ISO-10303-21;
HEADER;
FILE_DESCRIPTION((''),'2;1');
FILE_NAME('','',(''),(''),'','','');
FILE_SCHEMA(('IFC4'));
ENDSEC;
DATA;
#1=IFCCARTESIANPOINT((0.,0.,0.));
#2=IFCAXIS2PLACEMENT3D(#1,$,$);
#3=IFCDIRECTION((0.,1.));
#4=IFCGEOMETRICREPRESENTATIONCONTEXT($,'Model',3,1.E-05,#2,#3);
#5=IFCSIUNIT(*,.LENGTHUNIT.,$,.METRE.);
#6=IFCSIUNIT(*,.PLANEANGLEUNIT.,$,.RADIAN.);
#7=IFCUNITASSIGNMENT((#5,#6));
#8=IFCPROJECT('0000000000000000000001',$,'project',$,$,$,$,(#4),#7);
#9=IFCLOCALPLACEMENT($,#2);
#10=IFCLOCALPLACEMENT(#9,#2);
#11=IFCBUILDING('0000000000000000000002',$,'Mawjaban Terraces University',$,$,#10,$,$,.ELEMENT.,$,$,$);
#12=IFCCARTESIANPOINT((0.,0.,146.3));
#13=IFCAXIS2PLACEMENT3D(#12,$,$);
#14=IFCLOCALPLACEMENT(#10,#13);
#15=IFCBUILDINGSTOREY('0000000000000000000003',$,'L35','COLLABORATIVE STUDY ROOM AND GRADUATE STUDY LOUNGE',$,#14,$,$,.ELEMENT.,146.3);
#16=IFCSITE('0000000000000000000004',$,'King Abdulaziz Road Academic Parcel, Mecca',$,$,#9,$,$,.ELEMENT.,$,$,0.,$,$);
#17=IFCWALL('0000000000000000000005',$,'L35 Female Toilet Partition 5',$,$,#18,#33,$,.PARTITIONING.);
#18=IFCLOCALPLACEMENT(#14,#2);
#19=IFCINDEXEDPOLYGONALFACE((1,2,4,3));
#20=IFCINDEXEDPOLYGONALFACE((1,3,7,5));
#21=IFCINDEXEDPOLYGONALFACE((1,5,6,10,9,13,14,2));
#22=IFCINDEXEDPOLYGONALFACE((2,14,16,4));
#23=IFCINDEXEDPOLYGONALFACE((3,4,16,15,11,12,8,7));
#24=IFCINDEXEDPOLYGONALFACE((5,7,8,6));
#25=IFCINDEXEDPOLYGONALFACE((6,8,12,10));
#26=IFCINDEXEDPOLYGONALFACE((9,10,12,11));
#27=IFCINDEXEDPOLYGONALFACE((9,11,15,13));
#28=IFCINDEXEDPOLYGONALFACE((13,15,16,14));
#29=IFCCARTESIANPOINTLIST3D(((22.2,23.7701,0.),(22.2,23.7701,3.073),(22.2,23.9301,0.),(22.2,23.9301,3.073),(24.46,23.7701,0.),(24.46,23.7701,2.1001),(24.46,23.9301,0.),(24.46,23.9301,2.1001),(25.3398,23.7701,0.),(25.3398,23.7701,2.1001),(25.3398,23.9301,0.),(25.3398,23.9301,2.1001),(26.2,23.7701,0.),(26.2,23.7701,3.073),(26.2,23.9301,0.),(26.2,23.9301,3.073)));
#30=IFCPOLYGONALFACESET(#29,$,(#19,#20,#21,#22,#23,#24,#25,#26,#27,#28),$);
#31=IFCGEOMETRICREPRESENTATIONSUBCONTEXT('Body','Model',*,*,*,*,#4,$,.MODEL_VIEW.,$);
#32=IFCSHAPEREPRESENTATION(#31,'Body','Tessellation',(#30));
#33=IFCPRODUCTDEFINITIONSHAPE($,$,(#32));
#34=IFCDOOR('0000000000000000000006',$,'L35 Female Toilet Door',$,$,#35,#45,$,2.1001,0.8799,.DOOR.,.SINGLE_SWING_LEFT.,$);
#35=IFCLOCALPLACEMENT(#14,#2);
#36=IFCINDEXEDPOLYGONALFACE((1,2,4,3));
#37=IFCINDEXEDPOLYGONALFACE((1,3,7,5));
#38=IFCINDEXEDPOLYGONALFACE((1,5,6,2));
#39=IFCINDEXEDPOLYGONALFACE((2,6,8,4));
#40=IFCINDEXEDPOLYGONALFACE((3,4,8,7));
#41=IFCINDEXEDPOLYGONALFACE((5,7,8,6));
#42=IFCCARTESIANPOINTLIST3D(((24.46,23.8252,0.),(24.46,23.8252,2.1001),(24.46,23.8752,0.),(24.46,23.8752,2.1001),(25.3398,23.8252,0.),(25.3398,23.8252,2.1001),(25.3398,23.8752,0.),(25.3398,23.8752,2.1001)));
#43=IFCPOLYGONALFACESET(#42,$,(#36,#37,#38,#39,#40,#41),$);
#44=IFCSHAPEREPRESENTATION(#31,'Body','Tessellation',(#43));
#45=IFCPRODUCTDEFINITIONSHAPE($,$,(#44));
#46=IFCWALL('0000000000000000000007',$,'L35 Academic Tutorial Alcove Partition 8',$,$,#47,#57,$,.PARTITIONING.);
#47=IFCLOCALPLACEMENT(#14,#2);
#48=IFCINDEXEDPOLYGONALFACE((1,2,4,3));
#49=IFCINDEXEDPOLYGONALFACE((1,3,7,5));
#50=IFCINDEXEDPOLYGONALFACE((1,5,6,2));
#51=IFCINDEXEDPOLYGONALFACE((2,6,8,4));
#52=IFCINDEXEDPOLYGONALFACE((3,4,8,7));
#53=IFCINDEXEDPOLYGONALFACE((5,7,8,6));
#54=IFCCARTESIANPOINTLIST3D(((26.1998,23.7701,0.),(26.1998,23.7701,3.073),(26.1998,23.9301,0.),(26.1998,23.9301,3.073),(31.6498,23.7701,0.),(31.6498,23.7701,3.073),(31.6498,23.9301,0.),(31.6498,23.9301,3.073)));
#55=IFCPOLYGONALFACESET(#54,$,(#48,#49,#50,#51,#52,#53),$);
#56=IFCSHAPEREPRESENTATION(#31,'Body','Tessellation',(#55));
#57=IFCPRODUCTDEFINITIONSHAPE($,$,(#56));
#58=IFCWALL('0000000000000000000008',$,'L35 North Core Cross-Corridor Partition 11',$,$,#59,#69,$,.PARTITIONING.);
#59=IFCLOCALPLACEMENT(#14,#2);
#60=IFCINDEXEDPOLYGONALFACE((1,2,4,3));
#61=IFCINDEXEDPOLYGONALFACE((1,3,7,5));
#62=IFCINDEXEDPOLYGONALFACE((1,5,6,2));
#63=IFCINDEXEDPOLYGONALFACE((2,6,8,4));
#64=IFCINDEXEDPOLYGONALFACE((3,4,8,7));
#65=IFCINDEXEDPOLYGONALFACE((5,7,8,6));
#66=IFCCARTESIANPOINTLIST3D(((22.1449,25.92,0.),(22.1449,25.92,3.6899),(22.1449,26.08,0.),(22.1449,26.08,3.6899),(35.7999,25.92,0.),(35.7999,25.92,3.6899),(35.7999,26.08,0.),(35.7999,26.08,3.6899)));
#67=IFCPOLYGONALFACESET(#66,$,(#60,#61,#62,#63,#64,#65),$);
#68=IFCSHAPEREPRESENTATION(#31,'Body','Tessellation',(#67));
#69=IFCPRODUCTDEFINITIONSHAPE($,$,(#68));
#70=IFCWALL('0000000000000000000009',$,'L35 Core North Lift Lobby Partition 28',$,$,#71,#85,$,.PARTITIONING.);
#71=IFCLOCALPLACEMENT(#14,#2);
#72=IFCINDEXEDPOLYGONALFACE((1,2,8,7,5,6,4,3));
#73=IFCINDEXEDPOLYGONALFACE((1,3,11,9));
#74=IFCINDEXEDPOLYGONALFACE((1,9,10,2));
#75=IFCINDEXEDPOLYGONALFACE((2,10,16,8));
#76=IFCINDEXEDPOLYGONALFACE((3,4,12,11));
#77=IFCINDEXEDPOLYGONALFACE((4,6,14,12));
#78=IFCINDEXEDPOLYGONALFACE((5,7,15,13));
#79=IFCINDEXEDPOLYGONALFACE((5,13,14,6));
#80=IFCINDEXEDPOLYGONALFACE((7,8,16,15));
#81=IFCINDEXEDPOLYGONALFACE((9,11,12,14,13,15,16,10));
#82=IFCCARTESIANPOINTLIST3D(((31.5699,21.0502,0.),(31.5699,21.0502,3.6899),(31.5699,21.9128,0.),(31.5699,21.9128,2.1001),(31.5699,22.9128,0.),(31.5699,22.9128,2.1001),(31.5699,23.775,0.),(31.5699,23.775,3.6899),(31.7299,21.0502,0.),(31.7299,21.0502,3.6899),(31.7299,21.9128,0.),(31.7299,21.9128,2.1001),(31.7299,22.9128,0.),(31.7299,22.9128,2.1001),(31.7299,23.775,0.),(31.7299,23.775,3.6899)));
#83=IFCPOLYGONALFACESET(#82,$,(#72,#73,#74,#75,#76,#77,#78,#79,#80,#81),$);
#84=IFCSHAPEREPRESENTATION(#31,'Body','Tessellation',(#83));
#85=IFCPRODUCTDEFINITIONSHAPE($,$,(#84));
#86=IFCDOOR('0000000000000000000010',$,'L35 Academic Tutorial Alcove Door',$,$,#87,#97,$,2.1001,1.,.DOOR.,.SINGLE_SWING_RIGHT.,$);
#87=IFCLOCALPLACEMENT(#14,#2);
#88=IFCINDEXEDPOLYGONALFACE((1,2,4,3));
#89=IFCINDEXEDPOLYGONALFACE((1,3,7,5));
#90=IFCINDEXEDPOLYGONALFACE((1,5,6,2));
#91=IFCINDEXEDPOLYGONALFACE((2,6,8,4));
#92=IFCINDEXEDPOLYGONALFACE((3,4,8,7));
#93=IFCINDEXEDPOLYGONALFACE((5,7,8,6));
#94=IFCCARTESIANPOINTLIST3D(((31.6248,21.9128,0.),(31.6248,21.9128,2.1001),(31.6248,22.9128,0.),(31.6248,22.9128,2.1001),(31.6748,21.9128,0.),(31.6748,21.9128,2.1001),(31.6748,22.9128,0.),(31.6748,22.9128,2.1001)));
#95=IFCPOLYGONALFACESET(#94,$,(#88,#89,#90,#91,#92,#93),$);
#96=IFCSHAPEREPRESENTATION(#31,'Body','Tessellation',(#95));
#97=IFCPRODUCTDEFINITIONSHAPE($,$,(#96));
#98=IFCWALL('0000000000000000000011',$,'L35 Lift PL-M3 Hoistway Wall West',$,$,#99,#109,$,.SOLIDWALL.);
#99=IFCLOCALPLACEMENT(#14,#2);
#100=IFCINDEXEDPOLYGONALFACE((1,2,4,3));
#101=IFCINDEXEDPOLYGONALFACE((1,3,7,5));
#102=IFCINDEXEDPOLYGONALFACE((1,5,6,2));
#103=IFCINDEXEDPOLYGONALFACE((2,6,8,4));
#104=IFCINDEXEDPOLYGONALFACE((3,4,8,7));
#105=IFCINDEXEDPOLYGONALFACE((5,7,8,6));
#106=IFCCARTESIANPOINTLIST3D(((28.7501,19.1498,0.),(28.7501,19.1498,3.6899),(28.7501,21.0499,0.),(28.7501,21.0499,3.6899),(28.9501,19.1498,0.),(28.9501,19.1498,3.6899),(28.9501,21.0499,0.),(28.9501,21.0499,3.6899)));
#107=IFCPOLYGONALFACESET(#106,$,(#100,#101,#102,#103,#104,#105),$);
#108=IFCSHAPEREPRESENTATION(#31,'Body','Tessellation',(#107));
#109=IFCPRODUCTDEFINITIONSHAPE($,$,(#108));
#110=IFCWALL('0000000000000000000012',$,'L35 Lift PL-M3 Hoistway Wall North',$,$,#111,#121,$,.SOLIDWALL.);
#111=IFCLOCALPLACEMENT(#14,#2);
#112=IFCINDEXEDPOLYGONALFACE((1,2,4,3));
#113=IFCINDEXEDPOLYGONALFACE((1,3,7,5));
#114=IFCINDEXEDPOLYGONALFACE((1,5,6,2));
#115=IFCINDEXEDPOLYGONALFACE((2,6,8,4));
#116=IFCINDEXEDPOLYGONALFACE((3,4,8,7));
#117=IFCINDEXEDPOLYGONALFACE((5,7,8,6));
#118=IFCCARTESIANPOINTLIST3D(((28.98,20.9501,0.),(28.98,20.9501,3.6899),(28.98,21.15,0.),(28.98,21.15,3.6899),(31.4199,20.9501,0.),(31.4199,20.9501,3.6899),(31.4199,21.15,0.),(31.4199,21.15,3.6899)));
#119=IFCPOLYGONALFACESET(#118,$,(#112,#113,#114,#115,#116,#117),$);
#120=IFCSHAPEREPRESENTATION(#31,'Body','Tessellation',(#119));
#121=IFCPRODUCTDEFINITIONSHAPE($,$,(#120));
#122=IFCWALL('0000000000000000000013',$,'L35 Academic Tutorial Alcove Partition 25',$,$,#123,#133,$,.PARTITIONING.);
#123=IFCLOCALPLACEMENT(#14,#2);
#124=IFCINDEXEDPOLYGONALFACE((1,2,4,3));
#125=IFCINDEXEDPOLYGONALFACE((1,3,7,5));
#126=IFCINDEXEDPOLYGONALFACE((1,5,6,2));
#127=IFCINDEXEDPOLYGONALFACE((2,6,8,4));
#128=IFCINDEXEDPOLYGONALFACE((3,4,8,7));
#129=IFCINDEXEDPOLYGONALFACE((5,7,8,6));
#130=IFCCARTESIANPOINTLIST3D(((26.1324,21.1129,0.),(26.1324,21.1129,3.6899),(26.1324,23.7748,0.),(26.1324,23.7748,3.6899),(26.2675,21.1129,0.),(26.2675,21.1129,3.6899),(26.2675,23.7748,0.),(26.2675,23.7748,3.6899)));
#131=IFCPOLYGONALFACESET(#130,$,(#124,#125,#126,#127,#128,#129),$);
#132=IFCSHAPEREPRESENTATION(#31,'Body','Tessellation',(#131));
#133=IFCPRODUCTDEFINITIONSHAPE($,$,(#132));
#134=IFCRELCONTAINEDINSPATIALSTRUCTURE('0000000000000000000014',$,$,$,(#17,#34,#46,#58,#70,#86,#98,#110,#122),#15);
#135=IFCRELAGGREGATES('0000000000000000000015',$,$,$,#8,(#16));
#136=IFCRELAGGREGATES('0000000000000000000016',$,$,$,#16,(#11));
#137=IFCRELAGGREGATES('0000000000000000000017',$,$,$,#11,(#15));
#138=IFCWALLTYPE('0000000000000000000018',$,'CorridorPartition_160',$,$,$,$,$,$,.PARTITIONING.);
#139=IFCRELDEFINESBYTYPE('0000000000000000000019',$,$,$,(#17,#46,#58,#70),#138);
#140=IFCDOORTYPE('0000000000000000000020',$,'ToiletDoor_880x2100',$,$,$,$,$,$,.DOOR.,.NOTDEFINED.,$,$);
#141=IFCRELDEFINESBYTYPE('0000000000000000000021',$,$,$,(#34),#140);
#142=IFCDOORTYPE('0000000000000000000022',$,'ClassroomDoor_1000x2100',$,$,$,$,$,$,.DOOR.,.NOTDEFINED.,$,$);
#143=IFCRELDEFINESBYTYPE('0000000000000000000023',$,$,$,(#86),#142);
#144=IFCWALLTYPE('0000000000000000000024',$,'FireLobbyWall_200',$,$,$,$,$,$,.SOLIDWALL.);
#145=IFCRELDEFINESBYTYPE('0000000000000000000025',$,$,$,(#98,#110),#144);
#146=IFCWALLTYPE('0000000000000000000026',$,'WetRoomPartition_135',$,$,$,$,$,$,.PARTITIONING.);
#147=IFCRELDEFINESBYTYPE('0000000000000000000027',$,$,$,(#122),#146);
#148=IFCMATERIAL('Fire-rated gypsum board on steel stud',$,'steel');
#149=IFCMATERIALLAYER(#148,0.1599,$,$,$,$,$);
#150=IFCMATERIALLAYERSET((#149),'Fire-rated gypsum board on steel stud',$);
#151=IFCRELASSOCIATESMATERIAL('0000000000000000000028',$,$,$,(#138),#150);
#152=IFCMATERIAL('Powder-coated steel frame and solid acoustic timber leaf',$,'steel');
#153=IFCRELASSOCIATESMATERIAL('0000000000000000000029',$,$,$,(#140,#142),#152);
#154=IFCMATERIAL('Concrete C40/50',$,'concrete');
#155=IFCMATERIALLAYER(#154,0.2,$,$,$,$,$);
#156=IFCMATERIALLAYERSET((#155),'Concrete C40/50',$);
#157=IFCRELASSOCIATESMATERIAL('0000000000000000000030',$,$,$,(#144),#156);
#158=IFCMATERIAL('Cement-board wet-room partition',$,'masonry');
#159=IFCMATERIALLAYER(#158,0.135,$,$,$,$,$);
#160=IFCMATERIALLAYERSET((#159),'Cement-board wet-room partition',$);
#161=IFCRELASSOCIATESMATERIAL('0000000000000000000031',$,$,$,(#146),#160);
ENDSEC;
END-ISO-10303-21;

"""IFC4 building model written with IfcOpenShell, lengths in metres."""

from ifc_helpers import new_model, si_unit, direction, frame, frame_2d, origin, place, context, subcontext, project, spatial, rectangle, extrude, material, layer, layer_set, type_object, element, fill, save


model = new_model("IFC4")

# Units and contexts
model_context = context("Model", 3, precision=1e-05, world=origin(), true_north=direction((0.0, 1.0)))
body_context = subcontext(model_context, "Body", "Model", "MODEL_VIEW")
ifc_project = project(units=[si_unit("LENGTHUNIT", "METRE"), si_unit("PLANEANGLEUNIT", "RADIAN")], contexts=[model_context])

# Site, building, storey
site_placement = place(None, origin())
site = spatial("IfcSite", under=ifc_project, at=site_placement, Name="King Abdulaziz Road Academic Parcel, Mecca", CompositionType="ELEMENT", RefElevation=0.0)
building_placement = place(site_placement, origin())
building = spatial("IfcBuilding", under=site, at=building_placement, Name="Mawjaban Terraces University", CompositionType="ELEMENT")
storey_placement = place(building_placement, frame((0.0, 0.0, 146.3)))
storey = spatial("IfcBuildingStorey", under=building, at=storey_placement, Name="L35", Description="COLLABORATIVE STUDY ROOM AND GRADUATE STUDY LOUNGE", CompositionType="ELEMENT", Elevation=146.3)

# Wall, opening, door
ifc_material_1 = material(Name="Fire-rated gypsum board on steel stud", Category="steel")
ifc_layer_1 = layer(ifc_material_1, 0.1599)
ifc_layer_set_1 = layer_set([ifc_layer_1], Name="Fire-rated gypsum board on steel stud")
wall_type_1 = type_object("IfcWallType", Name="CorridorPartition_160", PredefinedType="PARTITIONING", material=ifc_layer_set_1)
wall_1_placement = place(storey_placement, frame((26.2, 23.8501, 0.0), z_axis=(0.0, 0.0, 1.0), x_axis=(-1.0, 0.0, 0.0)))
wall_1 = element("IfcWall", 1, at=wall_1_placement, inside=storey, type_object=wall_type_1, Name="L35 Female Toilet Partition 5", PredefinedType="PARTITIONING", context=body_context, shape_type="SweptSolid", body=[
    extrude(rectangle(XDim=4.0, YDim=0.1599, at=frame_2d((2.0, 0.0))), origin(), (0.0, 0.0, 1.0), 3.073),
])
opening_1_placement = place(wall_1_placement, frame((0.8601, 0.0, 0.0)))
opening_1 = element("IfcOpeningElement", 2, at=opening_1_placement, cuts=wall_1, PredefinedType="OPENING", context=body_context, shape_type="SweptSolid", body=[
    extrude(rectangle(XDim=0.8799, YDim=2.1001, at=frame_2d((0.4399, 1.05))), frame((0.0, 0.0898, 0.0), z_axis=(0.0, -1.0, 0.0), x_axis=(1.0, 0.0, 0.0)), (0.0, 0.0, 1.0), 0.1799),
])
ifc_material_2 = material(Name="Powder-coated steel frame and solid acoustic timber leaf", Category="steel")
door_type_1 = type_object("IfcDoorType", Name="ToiletDoor_880x2100", OperationType="NOTDEFINED", PredefinedType="DOOR", material=ifc_material_2)
door_1_placement = place(opening_1_placement, origin())
door_1 = element("IfcDoor", 3, at=door_1_placement, inside=storey, type_object=door_type_1, Name="L35 Female Toilet Door", OperationType="SINGLE_SWING_LEFT", OverallHeight=2.1001, OverallWidth=0.8799, PredefinedType="DOOR", context=body_context, shape_type="SweptSolid", body=[
    extrude(rectangle(XDim=0.8799, YDim=2.1001, at=frame_2d((0.4399, 1.05))), frame((0.0, 0.0249, 0.0), z_axis=(0.0, -1.0, 0.0), x_axis=(1.0, 0.0, 0.0)), (0.0, 0.0, 1.0), 0.05),
])
fill(opening_1, door_1)

# Walls
wall_2_placement = place(storey_placement, frame((31.6499, 23.8501, 0.0), z_axis=(0.0, 0.0, 1.0), x_axis=(-1.0, 0.0, 0.0)))
element("IfcWall", 4, at=wall_2_placement, inside=storey, type_object=wall_type_1, Name="L35 Academic Tutorial Alcove Partition 8", PredefinedType="PARTITIONING", context=body_context, shape_type="SweptSolid", body=[
    extrude(rectangle(XDim=5.45, YDim=0.1599, at=frame_2d((2.7251, 0.0))), origin(), (0.0, 0.0, 1.0), 3.073),
])
wall_3_placement = place(storey_placement, frame((35.8, 26.0, 0.0), z_axis=(0.0, 0.0, 1.0), x_axis=(-1.0, 0.0, 0.0)))
element("IfcWall", 5, at=wall_3_placement, inside=storey, type_object=wall_type_1, Name="L35 North Core Cross-Corridor Partition 11", PredefinedType="PARTITIONING", context=body_context, shape_type="SweptSolid", body=[
    extrude(rectangle(XDim=13.655, YDim=0.1599, at=frame_2d((6.8276, 0.0))), origin(), (0.0, 0.0, 1.0), 3.6899),
])

# Wall, opening, door
wall_4_placement = place(storey_placement, frame((31.6499, 23.7749, 0.0), z_axis=(0.0, 0.0, 1.0), x_axis=(0.0, -1.0, 0.0)))
wall_4 = element("IfcWall", 6, at=wall_4_placement, inside=storey, type_object=wall_type_1, Name="L35 Core North Lift Lobby Partition 28", PredefinedType="PARTITIONING", context=body_context, shape_type="SweptSolid", body=[
    extrude(rectangle(XDim=2.7249, YDim=0.1599, at=frame_2d((1.3623, 0.0))), origin(), (0.0, 0.0, 1.0), 3.6899),
])
opening_2_placement = place(wall_4_placement, frame((0.8621, 0.0, 0.0)))
opening_2 = element("IfcOpeningElement", 7, at=opening_2_placement, cuts=wall_4, PredefinedType="OPENING", context=body_context, shape_type="SweptSolid", body=[
    extrude(rectangle(XDim=1.0, YDim=2.1001, at=frame_2d((0.5, 1.05))), frame((0.0, 0.0898, 0.0), z_axis=(0.0, -1.0, 0.0), x_axis=(1.0, 0.0, 0.0)), (0.0, 0.0, 1.0), 0.1799),
])
door_type_2 = type_object("IfcDoorType", Name="ClassroomDoor_1000x2100", OperationType="NOTDEFINED", PredefinedType="DOOR", material=ifc_material_2)
door_2_placement = place(opening_2_placement, origin())
door_2 = element("IfcDoor", 8, at=door_2_placement, inside=storey, type_object=door_type_2, Name="L35 Academic Tutorial Alcove Door", OperationType="SINGLE_SWING_RIGHT", OverallHeight=2.1001, OverallWidth=1.0, PredefinedType="DOOR", context=body_context, shape_type="SweptSolid", body=[
    extrude(rectangle(XDim=1.0, YDim=2.1001, at=frame_2d((0.5, 1.05))), frame((0.0, 0.0249, 0.0), z_axis=(0.0, -1.0, 0.0), x_axis=(1.0, 0.0, 0.0)), (0.0, 0.0, 1.0), 0.05),
])
fill(opening_2, door_2)

# Walls
ifc_material_3 = material(Name="Concrete C40/50", Category="concrete")
ifc_layer_2 = layer(ifc_material_3, 0.2)
ifc_layer_set_2 = layer_set([ifc_layer_2], Name="Concrete C40/50")
wall_type_2 = type_object("IfcWallType", Name="FireLobbyWall_200", PredefinedType="SOLIDWALL", material=ifc_layer_set_2)
wall_5_placement = place(storey_placement, frame((28.8501, 21.05, 0.0), z_axis=(0.0, 0.0, 1.0), x_axis=(0.0, -1.0, 0.0)))
element("IfcWall", 9, at=wall_5_placement, inside=storey, type_object=wall_type_2, Name="L35 Lift PL-M3 Hoistway Wall West", PredefinedType="SOLIDWALL", context=body_context, shape_type="SweptSolid", body=[
    extrude(rectangle(XDim=1.9001, YDim=0.2, at=frame_2d((0.9502, 0.0))), origin(), (0.0, 0.0, 1.0), 3.6899),
])
wall_6_placement = place(storey_placement, frame((31.4199, 21.05, 0.0), z_axis=(0.0, 0.0, 1.0), x_axis=(-1.0, 0.0, 0.0)))
element("IfcWall", 10, at=wall_6_placement, inside=storey, type_object=wall_type_2, Name="L35 Lift PL-M3 Hoistway Wall North", PredefinedType="SOLIDWALL", context=body_context, shape_type="SweptSolid", body=[
    extrude(rectangle(XDim=2.4399, YDim=0.2, at=frame_2d((1.22, 0.0))), origin(), (0.0, 0.0, 1.0), 3.6899),
])
ifc_material_4 = material(Name="Cement-board wet-room partition", Category="masonry")
ifc_layer_3 = layer(ifc_material_4, 0.135)
ifc_layer_set_3 = layer_set([ifc_layer_3], Name="Cement-board wet-room partition")
wall_type_3 = type_object("IfcWallType", Name="WetRoomPartition_135", PredefinedType="PARTITIONING", material=ifc_layer_set_3)
wall_7_placement = place(storey_placement, frame((26.2, 23.7749, 0.0), z_axis=(0.0, 0.0, 1.0), x_axis=(0.0, -1.0, 0.0)))
element("IfcWall", 11, at=wall_7_placement, inside=storey, type_object=wall_type_3, Name="L35 Academic Tutorial Alcove Partition 25", PredefinedType="PARTITIONING", context=body_context, shape_type="SweptSolid", body=[
    extrude(rectangle(XDim=2.6619, YDim=0.135, at=frame_2d((1.3311, 0.0))), origin(), (0.0, 0.0, 1.0), 3.6899),
])

save(model, "model.ifc")
